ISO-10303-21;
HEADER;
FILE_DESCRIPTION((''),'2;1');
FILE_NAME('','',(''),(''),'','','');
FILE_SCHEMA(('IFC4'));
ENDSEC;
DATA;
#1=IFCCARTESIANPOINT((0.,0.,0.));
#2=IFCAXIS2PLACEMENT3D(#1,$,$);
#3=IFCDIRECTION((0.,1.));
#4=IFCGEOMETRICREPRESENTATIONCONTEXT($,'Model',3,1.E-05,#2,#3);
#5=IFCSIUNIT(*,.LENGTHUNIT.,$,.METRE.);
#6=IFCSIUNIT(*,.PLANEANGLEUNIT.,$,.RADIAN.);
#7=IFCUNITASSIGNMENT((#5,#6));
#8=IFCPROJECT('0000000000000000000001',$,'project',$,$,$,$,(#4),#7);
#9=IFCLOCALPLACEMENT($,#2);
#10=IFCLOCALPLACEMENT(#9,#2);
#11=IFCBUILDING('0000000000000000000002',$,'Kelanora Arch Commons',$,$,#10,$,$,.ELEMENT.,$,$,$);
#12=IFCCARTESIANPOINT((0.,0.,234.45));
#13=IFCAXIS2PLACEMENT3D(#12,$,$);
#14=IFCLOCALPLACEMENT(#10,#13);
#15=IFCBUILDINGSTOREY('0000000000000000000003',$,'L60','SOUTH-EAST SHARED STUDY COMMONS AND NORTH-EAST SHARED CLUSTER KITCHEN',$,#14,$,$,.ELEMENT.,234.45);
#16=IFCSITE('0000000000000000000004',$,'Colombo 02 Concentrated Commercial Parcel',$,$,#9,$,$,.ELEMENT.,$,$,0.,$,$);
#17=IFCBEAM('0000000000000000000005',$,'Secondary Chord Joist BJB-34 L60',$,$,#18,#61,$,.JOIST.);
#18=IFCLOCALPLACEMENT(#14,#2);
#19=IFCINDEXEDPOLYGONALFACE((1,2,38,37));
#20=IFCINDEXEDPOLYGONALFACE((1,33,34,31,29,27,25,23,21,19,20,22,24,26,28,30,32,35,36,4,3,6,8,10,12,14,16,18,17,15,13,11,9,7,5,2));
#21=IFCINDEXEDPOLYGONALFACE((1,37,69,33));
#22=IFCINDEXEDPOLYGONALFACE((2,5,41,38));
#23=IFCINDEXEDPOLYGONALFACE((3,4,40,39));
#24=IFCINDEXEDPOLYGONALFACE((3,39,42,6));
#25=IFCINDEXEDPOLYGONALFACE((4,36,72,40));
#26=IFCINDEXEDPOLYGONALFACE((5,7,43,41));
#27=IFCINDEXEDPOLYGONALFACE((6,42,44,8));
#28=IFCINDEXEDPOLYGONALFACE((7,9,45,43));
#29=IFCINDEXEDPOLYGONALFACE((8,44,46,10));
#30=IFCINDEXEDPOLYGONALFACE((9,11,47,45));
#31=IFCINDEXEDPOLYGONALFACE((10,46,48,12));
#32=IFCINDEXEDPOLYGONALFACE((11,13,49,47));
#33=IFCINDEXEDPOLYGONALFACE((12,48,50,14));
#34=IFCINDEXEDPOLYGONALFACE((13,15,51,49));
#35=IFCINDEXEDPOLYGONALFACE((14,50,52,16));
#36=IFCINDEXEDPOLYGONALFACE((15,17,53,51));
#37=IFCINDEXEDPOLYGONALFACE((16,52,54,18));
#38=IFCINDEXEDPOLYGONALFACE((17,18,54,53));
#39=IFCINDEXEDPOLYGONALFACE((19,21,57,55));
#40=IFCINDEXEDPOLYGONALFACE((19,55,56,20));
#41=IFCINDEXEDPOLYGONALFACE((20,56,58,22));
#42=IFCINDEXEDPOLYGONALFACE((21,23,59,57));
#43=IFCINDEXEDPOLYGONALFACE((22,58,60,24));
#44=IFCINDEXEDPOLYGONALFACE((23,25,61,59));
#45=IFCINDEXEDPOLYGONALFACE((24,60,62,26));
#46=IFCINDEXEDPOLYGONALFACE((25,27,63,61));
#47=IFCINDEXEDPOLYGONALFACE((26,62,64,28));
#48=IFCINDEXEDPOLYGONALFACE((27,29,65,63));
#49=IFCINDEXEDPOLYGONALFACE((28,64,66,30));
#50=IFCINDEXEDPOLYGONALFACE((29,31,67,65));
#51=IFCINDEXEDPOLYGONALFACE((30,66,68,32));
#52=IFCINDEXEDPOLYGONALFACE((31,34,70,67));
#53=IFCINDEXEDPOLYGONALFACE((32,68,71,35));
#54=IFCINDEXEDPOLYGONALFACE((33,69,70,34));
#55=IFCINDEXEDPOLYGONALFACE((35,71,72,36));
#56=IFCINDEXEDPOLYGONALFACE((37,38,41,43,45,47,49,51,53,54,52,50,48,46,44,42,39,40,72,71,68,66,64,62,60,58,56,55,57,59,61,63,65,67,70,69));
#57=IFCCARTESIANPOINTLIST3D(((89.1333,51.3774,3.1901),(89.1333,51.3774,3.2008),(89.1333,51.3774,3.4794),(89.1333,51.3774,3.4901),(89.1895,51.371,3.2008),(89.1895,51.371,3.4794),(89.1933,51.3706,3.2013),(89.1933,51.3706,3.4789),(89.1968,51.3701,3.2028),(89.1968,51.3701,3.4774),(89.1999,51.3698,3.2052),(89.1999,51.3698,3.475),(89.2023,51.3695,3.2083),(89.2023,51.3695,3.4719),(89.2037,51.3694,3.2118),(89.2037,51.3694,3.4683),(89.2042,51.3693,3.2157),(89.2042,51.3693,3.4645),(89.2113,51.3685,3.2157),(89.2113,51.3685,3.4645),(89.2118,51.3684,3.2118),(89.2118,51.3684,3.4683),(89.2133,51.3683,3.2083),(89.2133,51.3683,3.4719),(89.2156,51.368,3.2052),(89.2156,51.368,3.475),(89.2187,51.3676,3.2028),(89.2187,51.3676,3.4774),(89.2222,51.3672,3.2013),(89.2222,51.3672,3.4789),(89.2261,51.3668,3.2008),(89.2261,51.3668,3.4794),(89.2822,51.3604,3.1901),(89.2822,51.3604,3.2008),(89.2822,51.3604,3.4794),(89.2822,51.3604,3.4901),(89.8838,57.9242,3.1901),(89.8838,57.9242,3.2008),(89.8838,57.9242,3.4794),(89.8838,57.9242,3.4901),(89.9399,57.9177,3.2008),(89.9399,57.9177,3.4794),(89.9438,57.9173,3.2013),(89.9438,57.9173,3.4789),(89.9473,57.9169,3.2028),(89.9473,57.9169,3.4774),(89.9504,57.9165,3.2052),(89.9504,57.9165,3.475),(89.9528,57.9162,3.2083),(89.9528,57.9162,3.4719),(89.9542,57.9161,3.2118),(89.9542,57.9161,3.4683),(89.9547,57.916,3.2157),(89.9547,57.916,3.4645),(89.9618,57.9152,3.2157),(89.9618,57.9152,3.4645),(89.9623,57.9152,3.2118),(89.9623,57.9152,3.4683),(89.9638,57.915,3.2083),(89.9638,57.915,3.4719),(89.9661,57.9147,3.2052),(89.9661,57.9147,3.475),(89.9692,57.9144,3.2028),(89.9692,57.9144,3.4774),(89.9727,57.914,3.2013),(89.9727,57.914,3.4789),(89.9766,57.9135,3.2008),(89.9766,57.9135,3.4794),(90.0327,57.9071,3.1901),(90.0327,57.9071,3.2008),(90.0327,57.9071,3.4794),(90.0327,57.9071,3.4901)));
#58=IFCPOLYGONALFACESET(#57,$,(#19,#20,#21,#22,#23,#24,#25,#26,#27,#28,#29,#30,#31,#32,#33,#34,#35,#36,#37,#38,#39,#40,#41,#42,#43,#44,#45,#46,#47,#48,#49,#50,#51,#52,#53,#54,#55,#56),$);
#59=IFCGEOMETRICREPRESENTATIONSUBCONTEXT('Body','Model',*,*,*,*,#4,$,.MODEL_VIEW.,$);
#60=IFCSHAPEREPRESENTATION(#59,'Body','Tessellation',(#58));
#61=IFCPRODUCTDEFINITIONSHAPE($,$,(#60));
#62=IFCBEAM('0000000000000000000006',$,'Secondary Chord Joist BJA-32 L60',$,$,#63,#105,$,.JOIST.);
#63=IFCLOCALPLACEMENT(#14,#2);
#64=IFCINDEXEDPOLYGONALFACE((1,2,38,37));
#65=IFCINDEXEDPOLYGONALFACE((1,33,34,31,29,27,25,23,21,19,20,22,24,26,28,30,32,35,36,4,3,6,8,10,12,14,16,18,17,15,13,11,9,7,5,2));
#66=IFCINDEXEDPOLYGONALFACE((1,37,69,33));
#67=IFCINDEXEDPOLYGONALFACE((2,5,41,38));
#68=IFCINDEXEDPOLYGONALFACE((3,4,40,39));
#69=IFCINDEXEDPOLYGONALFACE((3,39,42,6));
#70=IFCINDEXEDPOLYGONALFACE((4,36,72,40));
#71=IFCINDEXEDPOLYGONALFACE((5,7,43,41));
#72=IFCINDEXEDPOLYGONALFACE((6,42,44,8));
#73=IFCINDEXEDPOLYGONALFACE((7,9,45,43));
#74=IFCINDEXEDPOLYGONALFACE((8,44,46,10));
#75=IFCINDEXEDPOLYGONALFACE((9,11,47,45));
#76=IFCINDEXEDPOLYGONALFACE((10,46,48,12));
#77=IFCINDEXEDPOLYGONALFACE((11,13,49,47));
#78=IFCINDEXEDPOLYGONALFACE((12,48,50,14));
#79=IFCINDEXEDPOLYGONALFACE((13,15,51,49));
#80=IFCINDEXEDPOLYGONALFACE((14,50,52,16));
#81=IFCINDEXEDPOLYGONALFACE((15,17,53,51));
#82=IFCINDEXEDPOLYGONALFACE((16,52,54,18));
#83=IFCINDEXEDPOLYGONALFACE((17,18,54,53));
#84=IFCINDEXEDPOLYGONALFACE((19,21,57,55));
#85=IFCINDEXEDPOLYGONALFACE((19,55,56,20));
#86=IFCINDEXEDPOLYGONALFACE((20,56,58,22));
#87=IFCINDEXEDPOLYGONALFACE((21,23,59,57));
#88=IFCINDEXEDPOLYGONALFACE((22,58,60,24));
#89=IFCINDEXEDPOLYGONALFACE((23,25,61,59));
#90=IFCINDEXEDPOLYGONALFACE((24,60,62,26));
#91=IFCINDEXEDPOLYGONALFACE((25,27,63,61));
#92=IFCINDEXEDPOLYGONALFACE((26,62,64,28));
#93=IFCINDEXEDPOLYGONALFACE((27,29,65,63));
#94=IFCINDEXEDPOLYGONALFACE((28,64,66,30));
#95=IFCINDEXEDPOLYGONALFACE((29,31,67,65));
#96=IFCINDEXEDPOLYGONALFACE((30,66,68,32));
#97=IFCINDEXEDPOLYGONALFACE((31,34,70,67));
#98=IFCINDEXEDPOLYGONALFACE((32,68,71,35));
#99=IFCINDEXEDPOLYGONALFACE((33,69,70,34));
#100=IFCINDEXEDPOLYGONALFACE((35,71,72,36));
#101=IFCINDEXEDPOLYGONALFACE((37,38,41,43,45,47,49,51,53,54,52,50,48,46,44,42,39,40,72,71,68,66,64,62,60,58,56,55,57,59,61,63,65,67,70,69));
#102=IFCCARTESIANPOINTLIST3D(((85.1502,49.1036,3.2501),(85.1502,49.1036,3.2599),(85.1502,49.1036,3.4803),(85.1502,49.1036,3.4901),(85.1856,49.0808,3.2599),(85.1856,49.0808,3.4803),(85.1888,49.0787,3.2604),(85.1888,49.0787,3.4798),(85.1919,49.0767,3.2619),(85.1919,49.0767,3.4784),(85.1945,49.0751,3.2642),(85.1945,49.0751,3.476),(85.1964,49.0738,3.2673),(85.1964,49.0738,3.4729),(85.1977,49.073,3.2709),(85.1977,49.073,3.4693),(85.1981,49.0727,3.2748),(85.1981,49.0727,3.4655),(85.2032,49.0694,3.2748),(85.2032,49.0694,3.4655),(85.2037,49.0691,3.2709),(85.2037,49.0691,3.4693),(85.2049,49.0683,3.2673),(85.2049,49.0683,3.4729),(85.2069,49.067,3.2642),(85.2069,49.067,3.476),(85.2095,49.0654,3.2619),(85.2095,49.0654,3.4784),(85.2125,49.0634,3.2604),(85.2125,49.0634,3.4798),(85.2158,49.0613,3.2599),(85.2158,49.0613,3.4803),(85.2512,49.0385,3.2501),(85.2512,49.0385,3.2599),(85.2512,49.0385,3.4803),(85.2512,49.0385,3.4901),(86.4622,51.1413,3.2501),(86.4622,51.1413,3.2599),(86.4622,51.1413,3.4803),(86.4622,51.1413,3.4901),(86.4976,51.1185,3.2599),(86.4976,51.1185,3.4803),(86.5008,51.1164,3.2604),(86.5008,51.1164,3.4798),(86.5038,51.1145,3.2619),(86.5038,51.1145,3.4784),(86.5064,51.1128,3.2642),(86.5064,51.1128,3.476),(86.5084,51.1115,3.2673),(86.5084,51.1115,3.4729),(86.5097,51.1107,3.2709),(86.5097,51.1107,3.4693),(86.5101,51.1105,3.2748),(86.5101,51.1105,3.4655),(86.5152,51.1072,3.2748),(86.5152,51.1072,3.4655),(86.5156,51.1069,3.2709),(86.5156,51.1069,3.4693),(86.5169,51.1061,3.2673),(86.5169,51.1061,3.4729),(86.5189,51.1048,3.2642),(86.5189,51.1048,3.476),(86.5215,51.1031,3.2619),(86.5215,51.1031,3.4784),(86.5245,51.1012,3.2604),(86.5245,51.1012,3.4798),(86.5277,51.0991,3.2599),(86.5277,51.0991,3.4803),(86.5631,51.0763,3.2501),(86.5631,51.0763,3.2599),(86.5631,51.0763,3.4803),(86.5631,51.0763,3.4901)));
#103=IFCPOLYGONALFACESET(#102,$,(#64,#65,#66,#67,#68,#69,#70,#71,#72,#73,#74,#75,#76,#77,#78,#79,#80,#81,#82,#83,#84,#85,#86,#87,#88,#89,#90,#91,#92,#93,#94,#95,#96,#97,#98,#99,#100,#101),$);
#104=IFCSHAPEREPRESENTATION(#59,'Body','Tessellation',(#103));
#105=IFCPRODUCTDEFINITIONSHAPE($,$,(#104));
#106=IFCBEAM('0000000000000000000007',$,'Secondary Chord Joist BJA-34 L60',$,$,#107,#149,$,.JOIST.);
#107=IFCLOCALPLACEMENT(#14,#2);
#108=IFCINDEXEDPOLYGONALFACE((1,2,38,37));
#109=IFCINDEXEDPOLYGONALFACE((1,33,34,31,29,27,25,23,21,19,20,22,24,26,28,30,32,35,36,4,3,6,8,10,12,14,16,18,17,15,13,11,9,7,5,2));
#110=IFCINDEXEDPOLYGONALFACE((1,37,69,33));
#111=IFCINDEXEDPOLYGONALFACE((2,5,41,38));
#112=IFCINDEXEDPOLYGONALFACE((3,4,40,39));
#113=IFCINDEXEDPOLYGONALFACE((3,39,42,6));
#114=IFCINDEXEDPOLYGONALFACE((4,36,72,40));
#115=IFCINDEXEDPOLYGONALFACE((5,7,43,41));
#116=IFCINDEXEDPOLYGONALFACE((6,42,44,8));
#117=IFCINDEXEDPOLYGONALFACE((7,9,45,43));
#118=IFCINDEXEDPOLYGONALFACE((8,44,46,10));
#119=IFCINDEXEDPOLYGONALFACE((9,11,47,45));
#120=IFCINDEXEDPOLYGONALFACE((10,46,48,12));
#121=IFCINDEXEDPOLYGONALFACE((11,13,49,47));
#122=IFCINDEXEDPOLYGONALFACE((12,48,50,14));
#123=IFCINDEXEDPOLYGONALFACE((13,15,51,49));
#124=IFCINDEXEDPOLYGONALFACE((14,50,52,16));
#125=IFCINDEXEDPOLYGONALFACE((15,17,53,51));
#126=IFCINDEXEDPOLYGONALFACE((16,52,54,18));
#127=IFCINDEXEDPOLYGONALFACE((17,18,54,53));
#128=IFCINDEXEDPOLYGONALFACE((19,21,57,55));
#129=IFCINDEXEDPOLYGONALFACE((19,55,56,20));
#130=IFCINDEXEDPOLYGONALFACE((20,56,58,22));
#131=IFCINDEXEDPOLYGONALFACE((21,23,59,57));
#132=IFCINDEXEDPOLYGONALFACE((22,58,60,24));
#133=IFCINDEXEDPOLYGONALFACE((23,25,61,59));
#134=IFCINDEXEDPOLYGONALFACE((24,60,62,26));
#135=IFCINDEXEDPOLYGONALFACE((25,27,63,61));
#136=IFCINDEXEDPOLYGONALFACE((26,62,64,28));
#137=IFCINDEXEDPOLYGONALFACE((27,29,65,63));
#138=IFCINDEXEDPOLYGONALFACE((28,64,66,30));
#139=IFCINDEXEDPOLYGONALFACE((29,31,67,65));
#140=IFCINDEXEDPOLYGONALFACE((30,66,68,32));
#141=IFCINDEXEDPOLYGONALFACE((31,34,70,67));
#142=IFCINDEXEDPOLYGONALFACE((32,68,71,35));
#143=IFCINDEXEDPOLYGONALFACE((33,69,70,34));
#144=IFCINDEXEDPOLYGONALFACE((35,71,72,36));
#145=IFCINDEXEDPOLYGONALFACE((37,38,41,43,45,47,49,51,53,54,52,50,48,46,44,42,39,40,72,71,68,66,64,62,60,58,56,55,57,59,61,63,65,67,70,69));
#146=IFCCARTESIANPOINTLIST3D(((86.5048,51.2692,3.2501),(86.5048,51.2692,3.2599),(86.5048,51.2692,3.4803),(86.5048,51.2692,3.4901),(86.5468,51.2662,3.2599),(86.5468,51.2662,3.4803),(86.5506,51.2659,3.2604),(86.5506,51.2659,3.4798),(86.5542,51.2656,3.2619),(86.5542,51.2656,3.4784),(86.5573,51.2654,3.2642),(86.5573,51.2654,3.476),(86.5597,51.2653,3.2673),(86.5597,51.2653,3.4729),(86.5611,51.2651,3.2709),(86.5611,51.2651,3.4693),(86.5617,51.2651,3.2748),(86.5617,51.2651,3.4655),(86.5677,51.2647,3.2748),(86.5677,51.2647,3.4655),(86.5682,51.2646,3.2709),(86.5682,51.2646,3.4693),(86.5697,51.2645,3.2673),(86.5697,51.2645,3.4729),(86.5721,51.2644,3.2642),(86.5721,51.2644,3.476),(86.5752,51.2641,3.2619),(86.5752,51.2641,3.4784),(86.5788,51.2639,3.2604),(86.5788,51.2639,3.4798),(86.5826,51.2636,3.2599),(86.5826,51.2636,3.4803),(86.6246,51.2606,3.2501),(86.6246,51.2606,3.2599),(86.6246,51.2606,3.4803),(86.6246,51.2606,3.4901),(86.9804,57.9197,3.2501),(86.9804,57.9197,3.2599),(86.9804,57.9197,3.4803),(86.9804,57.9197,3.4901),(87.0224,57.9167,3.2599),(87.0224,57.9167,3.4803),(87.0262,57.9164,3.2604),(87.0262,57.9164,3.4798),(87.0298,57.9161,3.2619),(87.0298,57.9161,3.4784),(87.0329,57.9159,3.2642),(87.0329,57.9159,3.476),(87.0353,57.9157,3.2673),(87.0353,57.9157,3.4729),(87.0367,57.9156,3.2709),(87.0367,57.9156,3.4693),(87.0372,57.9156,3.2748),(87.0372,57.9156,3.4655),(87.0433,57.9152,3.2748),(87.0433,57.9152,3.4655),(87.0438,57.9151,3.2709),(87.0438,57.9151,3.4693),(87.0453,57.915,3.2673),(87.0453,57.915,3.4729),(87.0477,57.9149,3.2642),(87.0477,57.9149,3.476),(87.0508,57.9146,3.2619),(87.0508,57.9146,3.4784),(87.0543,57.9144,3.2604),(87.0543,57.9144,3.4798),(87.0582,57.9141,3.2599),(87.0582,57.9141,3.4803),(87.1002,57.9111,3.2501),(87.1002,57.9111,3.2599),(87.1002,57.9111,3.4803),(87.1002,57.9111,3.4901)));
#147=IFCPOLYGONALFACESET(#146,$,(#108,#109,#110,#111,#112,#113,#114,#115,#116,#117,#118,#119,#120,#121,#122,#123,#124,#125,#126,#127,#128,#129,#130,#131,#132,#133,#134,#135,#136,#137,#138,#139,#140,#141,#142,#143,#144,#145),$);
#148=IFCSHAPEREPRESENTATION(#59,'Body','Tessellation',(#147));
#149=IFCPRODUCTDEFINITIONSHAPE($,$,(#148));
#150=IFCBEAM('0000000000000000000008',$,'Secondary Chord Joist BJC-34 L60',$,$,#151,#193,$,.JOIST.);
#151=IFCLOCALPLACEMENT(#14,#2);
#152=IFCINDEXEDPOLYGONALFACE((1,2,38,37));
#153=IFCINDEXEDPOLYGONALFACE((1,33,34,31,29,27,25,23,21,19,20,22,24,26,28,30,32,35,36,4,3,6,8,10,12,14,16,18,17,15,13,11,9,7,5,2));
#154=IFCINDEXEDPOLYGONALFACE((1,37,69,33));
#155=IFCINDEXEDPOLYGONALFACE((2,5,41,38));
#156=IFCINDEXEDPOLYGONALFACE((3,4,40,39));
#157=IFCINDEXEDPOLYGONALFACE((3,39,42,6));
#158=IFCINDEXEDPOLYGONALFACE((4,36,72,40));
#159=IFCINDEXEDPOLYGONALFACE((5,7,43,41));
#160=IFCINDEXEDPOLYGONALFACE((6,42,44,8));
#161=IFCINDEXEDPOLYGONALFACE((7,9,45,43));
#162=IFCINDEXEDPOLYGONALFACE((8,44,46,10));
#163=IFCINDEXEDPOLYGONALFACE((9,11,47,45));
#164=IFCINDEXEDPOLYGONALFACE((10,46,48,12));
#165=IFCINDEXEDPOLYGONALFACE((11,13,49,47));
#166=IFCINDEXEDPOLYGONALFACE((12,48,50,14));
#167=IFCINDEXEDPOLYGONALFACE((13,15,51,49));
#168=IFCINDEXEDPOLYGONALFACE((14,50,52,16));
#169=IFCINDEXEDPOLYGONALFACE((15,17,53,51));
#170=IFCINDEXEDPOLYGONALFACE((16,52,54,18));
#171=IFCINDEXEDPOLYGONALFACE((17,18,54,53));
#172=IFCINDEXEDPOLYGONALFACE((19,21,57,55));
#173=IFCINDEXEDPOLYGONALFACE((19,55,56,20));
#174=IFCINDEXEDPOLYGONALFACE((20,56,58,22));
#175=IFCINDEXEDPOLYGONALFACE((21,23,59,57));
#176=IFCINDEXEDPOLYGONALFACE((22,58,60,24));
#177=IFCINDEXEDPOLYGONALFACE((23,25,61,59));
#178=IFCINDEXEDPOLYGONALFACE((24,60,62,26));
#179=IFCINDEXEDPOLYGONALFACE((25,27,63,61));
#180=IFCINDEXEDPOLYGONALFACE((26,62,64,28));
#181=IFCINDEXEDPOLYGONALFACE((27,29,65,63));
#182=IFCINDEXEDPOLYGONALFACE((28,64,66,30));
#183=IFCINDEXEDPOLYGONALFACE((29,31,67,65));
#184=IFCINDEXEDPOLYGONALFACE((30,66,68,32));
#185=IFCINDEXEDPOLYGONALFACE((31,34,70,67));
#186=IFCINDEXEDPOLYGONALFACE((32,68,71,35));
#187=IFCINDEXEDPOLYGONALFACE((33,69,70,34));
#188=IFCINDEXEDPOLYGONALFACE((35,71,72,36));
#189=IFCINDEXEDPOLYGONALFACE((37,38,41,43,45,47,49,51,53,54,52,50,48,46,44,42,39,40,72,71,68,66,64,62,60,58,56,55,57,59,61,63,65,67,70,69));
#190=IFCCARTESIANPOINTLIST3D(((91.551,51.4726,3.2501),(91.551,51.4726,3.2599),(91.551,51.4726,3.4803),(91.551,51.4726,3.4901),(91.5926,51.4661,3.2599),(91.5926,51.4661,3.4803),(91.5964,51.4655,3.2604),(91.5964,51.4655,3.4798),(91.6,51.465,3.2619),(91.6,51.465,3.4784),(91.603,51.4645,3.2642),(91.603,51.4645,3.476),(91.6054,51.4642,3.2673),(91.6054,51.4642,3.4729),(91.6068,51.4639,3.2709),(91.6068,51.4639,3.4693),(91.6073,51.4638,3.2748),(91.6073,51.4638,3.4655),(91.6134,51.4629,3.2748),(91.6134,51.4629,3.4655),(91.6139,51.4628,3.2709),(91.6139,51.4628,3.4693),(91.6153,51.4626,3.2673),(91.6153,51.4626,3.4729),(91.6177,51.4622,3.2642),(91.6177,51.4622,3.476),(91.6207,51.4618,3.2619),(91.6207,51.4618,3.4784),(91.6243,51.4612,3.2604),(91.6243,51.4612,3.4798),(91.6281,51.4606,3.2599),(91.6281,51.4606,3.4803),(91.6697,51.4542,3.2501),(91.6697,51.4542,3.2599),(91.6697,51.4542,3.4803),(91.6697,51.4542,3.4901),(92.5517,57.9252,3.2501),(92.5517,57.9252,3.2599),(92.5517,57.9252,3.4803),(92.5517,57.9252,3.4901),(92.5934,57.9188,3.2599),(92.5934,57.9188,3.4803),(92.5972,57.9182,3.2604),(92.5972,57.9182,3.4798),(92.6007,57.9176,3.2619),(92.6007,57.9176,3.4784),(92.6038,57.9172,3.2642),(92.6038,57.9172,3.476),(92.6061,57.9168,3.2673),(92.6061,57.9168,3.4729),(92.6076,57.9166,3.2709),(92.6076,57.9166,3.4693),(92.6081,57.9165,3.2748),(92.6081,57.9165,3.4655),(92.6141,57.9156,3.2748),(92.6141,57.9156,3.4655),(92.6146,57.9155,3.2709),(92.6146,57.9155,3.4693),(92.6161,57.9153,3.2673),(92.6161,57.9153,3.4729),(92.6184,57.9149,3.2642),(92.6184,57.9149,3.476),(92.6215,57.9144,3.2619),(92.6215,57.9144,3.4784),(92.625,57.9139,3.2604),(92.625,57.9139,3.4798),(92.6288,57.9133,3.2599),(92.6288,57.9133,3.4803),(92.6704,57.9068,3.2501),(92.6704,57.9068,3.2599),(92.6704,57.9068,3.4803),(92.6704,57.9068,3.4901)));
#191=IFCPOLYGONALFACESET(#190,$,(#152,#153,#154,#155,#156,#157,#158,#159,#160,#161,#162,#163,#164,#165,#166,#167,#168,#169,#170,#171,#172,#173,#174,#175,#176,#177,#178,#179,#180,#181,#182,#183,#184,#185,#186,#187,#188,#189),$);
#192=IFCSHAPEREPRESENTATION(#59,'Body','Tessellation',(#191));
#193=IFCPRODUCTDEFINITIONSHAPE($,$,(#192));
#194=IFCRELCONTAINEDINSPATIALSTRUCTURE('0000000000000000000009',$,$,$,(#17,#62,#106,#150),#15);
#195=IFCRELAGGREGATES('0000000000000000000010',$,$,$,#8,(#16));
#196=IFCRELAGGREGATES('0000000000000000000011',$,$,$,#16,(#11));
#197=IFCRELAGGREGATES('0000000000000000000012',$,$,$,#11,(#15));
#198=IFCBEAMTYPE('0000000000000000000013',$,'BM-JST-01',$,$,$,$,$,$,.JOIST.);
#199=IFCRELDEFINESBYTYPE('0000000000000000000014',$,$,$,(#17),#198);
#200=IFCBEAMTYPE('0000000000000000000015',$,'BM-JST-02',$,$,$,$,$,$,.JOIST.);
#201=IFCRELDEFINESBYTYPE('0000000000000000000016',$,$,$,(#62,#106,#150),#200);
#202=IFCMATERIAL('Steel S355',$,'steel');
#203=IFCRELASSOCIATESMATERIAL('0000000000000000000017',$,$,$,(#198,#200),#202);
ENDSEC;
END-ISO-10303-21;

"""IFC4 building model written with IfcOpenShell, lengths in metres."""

from ifc_helpers import new_model, si_unit, direction, frame, origin, origin_2d, place, context, subcontext, project, spatial, i_section, extrude, material, material_profile, profile_set, type_object, element, save


model = new_model("IFC4")

# Units and contexts
model_context = context("Model", 3, precision=1e-05, world=origin(), true_north=direction((0.0, 1.0)))
body_context = subcontext(model_context, "Body", "Model", "MODEL_VIEW")
ifc_project = project(units=[si_unit("LENGTHUNIT", "METRE"), si_unit("PLANEANGLEUNIT", "RADIAN")], contexts=[model_context])

# Site, building, storey
site_placement = place(None, origin())
site = spatial("IfcSite", under=ifc_project, at=site_placement, Name="Colombo 02 Concentrated Commercial Parcel", CompositionType="ELEMENT", RefElevation=0.0)
building_placement = place(site_placement, origin())
building = spatial("IfcBuilding", under=site, at=building_placement, Name="Kelanora Arch Commons", CompositionType="ELEMENT")
storey_placement = place(building_placement, frame((0.0, 0.0, 234.45)))
storey = spatial("IfcBuildingStorey", under=building, at=storey_placement, Name="L60", Description="SOUTH-EAST SHARED STUDY COMMONS AND NORTH-EAST SHARED CLUSTER KITCHEN", CompositionType="ELEMENT", Elevation=234.45)

# Beams
ifc_material_1 = material(Name="Steel S355", Category="steel")
ifc_material_profile_1 = material_profile(ifc_material_1, i_section(OverallWidth=0.1499, OverallDepth=0.3, WebThickness=0.0071, FlangeThickness=0.0107, FilletRadius=0.0149, at=origin_2d()), Name="IPE300")
ifc_profile_set_1 = profile_set([ifc_material_profile_1], Name="Steel S355")
beam_type_1 = type_object("IfcBeamType", Name="BM-JST-01", PredefinedType="JOIST", material=ifc_profile_set_1)
beam_1_placement = place(storey_placement, frame((89.2078, 51.3689, 3.3401), z_axis=(0.113891, 0.993493, 0.0), x_axis=(-0.993493, 0.113891, 0.0)))
element("IfcBeam", 1, at=beam_1_placement, inside=storey, type_object=beam_type_1, Name="Secondary Chord Joist BJB-34 L60", PredefinedType="JOIST", context=body_context, shape_type="SweptSolid", body=[
    extrude(i_section(OverallWidth=0.1499, OverallDepth=0.3, WebThickness=0.0071, FlangeThickness=0.0107, FilletRadius=0.0149, at=origin_2d()), origin(), (0.0, 0.0, 1.0), 6.5896),
])
ifc_material_profile_2 = material_profile(ifc_material_1, i_section(OverallWidth=0.1201, OverallDepth=0.24, WebThickness=0.0061, FlangeThickness=0.0098, FilletRadius=0.0149, at=origin_2d()), Name="IPE240")
ifc_profile_set_2 = profile_set([ifc_material_profile_2], Name="Steel S355")
beam_type_2 = type_object("IfcBeamType", Name="BM-JST-02", PredefinedType="JOIST", material=ifc_profile_set_2)
beam_2_placement = place(storey_placement, frame((85.2007, 49.071, 3.3701), z_axis=(0.541333, 0.840808, 0.0), x_axis=(-0.840808, 0.541333, 0.0)))
element("IfcBeam", 2, at=beam_2_placement, inside=storey, type_object=beam_type_2, Name="Secondary Chord Joist BJA-32 L60", PredefinedType="JOIST", context=body_context, shape_type="SweptSolid", body=[
    extrude(i_section(OverallWidth=0.1201, OverallDepth=0.24, WebThickness=0.0061, FlangeThickness=0.0098, FilletRadius=0.0149, at=origin_2d()), origin(), (0.0, 0.0, 1.0), 2.4236),
])
beam_3_placement = place(storey_placement, frame((86.5647, 51.2649, 3.3701), z_axis=(0.07133, 0.997453, 0.0), x_axis=(-0.997453, 0.07133, 0.0)))
element("IfcBeam", 3, at=beam_3_placement, inside=storey, type_object=beam_type_2, Name="Secondary Chord Joist BJA-34 L60", PredefinedType="JOIST", context=body_context, shape_type="SweptSolid", body=[
    extrude(i_section(OverallWidth=0.1201, OverallDepth=0.24, WebThickness=0.0061, FlangeThickness=0.0098, FilletRadius=0.0149, at=origin_2d()), origin(), (0.0, 0.0, 1.0), 6.6675),
])
beam_4_placement = place(storey_placement, frame((91.6104, 51.4634, 3.3701), z_axis=(0.153257, 0.988186, 0.0), x_axis=(-0.988186, 0.153257, 0.0)))
element("IfcBeam", 4, at=beam_4_placement, inside=storey, type_object=beam_type_2, Name="Secondary Chord Joist BJC-34 L60", PredefinedType="JOIST", context=body_context, shape_type="SweptSolid", body=[
    extrude(i_section(OverallWidth=0.1201, OverallDepth=0.24, WebThickness=0.0061, FlangeThickness=0.0098, FilletRadius=0.0149, at=origin_2d()), origin(), (0.0, 0.0, 1.0), 6.5298),
])

save(model, "model.ifc")
